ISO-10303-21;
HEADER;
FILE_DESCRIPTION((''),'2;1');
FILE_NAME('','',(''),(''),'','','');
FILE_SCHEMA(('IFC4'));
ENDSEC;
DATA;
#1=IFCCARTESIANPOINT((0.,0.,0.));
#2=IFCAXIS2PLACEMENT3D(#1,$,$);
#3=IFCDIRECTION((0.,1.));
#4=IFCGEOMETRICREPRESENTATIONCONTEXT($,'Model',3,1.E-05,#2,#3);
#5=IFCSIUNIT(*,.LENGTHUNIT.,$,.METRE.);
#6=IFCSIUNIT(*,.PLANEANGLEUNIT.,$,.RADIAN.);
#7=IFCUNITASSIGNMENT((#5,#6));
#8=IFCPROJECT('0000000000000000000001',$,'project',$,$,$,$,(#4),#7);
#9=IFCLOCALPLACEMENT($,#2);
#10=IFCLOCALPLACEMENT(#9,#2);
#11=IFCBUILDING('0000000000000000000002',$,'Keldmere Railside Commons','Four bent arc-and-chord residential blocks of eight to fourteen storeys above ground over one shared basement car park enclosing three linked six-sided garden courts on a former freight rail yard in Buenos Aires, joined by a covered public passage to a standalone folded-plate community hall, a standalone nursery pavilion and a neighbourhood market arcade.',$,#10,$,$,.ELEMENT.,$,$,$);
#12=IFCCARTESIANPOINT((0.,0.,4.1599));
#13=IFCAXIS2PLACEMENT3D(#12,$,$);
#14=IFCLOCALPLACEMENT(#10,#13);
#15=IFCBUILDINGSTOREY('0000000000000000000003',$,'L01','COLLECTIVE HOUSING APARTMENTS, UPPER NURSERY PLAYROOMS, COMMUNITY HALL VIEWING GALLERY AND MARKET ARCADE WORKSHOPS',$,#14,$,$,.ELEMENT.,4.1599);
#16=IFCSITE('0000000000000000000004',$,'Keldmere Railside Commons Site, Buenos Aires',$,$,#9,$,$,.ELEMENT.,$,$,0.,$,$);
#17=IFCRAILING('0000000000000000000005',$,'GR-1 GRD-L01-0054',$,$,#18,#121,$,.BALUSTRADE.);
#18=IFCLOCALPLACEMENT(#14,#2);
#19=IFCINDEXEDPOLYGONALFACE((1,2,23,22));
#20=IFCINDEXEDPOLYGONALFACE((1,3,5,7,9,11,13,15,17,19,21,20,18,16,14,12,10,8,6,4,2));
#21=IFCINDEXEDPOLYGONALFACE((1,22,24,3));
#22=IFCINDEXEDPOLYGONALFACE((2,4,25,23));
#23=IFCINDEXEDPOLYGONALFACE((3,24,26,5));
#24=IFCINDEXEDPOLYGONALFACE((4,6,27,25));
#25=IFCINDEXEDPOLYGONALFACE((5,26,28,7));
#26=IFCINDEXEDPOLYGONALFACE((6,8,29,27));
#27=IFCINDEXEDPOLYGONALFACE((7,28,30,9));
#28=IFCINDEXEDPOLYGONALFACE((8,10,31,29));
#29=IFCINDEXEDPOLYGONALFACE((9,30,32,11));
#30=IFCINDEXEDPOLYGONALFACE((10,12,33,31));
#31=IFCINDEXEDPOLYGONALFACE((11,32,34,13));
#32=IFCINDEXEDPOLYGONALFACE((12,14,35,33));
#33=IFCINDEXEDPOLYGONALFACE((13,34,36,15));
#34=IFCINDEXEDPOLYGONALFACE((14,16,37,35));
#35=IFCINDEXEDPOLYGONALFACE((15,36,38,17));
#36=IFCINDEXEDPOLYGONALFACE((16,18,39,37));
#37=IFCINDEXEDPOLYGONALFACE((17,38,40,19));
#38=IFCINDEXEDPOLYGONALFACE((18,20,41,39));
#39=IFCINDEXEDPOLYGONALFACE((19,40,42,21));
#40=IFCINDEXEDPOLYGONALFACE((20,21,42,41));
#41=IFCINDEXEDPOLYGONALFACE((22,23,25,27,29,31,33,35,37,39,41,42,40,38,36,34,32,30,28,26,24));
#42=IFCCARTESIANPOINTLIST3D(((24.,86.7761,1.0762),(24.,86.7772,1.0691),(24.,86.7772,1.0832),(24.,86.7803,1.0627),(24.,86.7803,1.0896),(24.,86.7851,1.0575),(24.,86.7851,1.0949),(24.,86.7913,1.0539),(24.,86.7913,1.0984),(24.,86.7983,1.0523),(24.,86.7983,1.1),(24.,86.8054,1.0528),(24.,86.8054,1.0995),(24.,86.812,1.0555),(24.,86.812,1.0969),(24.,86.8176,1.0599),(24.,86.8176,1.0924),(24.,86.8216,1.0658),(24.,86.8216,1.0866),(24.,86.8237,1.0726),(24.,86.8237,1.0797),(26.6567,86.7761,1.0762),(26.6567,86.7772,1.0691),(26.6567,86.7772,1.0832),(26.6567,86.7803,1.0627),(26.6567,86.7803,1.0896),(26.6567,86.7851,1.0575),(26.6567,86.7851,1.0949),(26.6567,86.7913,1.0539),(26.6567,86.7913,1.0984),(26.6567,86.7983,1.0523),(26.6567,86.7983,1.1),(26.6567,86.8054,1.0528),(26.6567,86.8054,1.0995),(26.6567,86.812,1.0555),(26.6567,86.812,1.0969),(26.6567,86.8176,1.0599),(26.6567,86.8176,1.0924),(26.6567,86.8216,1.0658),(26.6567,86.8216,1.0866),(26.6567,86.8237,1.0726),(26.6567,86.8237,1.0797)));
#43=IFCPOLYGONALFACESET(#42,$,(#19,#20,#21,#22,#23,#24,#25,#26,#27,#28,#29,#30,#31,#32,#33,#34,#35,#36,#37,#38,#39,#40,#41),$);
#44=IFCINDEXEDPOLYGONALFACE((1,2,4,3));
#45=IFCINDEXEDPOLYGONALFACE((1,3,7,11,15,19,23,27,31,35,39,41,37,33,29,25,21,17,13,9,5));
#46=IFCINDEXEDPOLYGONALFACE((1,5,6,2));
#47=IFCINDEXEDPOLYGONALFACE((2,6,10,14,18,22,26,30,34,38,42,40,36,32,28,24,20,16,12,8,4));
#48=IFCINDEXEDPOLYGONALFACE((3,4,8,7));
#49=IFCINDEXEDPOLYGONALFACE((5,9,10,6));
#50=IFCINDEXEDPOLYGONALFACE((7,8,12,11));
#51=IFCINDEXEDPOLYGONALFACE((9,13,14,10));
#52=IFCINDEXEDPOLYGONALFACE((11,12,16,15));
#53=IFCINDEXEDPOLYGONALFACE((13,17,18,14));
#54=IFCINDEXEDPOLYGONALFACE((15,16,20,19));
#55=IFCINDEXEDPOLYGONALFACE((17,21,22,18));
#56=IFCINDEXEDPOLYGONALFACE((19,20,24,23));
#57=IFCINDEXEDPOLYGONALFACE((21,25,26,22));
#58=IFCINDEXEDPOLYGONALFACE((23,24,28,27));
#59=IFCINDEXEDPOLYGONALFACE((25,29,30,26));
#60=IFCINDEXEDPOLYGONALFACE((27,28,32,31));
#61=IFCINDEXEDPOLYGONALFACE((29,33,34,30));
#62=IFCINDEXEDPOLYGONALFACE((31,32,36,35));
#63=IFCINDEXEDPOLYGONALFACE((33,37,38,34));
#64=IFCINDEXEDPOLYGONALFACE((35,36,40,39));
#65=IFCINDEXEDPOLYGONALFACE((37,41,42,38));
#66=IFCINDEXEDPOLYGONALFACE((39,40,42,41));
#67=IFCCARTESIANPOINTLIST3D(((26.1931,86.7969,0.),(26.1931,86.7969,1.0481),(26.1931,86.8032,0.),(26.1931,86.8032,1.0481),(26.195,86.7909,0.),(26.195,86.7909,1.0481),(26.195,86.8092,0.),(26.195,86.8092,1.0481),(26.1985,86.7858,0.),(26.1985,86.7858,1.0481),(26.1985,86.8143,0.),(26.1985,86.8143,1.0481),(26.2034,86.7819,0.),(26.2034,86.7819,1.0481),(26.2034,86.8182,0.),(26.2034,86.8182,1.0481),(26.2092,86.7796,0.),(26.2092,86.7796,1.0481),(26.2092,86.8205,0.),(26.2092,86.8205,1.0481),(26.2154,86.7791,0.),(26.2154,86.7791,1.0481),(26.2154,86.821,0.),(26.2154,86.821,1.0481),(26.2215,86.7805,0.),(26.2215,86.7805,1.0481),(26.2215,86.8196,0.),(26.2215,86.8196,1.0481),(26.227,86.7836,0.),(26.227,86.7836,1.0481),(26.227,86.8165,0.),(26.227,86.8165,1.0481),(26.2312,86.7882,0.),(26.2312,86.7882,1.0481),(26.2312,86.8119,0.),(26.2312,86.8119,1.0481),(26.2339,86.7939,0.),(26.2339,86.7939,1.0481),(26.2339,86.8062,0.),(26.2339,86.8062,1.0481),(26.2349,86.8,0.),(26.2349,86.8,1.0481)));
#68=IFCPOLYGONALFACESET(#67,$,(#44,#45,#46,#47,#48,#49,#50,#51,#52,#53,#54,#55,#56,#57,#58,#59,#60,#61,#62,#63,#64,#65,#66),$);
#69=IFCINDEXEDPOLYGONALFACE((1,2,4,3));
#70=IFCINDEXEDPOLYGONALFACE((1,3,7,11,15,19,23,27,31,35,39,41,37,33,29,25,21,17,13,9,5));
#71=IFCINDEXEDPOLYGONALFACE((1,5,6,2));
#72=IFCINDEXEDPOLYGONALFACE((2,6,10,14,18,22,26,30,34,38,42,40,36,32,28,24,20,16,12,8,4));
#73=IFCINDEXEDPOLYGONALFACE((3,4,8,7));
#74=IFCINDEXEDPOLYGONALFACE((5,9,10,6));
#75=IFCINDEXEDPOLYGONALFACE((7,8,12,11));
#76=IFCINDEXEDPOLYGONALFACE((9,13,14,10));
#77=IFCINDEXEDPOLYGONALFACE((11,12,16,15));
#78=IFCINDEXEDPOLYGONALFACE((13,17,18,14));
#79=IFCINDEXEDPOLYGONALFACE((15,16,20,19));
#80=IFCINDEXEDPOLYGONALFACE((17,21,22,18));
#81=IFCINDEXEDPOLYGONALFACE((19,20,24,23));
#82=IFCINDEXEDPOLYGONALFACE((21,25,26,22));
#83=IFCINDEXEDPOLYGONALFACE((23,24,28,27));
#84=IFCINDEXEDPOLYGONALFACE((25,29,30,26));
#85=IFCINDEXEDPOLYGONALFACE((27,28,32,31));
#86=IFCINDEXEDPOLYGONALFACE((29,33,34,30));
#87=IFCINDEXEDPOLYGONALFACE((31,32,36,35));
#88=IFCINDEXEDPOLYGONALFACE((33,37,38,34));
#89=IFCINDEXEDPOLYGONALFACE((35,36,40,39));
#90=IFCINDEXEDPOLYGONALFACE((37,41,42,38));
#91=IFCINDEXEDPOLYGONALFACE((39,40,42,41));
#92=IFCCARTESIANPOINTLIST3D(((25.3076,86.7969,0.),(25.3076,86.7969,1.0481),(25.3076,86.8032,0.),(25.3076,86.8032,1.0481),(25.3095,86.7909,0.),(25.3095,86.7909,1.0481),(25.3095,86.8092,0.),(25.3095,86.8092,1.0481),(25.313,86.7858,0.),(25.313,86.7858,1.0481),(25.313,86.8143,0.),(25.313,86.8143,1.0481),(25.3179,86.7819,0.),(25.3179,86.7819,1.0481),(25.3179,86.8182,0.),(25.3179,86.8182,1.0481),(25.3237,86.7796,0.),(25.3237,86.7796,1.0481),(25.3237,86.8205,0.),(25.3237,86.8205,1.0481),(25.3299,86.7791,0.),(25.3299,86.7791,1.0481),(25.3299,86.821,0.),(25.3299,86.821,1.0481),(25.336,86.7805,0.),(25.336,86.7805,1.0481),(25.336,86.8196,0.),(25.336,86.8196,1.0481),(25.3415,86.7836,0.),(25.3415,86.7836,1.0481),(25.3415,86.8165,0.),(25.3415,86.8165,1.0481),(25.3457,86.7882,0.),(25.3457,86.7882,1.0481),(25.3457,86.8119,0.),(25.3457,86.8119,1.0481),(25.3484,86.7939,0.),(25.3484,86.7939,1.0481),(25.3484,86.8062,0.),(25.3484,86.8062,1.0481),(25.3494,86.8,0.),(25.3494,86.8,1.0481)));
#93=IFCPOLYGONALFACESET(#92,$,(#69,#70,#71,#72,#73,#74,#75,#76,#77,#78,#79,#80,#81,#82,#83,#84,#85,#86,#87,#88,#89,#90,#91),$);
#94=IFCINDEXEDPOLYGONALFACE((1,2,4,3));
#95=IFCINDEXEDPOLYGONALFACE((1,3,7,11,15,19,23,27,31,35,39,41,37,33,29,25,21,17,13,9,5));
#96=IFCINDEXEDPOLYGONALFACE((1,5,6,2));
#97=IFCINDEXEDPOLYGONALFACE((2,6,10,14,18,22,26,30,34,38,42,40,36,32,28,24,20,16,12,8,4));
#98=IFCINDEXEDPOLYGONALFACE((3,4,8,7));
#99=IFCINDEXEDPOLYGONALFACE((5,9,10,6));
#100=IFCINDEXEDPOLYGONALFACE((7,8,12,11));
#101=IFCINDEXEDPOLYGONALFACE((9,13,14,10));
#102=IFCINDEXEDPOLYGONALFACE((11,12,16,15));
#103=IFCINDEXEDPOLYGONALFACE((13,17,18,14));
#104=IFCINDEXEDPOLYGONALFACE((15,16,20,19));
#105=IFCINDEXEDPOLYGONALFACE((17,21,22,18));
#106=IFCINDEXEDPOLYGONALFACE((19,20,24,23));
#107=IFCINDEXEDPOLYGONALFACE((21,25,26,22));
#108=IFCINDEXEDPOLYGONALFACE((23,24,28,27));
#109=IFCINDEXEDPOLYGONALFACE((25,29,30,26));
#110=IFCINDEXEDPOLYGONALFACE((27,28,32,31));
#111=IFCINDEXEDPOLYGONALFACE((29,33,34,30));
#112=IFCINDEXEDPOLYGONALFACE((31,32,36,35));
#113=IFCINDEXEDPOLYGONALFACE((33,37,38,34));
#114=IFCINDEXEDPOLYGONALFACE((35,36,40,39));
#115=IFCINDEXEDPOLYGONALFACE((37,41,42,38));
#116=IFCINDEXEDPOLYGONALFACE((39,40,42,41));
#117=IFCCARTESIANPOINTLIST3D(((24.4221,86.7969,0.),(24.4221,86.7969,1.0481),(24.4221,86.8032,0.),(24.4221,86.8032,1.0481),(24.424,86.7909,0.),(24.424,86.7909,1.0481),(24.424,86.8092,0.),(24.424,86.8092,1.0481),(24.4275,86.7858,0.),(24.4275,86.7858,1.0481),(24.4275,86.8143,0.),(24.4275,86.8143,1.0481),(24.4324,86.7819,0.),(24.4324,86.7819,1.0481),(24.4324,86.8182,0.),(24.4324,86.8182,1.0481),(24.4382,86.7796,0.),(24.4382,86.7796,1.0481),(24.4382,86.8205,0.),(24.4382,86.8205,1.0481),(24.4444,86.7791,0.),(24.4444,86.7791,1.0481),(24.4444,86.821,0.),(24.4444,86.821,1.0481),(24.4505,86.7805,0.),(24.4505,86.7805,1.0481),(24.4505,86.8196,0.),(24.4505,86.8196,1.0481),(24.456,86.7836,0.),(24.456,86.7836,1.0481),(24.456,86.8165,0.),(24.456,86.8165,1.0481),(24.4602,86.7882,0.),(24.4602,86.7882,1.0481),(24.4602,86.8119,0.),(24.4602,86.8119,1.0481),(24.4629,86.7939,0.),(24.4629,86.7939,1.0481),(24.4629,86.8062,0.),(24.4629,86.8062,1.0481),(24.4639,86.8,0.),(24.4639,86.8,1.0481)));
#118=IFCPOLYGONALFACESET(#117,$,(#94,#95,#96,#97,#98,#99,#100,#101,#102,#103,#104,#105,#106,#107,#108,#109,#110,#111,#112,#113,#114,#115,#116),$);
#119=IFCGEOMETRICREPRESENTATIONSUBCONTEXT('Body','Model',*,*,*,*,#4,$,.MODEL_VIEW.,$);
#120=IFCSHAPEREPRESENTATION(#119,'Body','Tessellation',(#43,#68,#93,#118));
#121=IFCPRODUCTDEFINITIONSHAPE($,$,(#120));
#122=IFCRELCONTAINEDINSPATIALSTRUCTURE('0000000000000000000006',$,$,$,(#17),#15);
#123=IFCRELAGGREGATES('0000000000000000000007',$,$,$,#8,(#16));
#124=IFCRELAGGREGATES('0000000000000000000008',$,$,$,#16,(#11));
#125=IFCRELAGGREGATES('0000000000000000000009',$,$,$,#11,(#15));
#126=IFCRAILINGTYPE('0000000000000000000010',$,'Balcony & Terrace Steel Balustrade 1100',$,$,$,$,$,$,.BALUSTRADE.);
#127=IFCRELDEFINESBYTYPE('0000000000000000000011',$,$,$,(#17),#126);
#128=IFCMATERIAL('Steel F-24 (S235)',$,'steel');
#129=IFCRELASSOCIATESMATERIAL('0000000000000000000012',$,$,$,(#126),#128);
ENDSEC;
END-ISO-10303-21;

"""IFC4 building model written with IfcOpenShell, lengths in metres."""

from ifc_helpers import new_model, si_unit, direction, frame, origin, origin_2d, place, context, subcontext, project, spatial, circle, extrude, material, type_object, element, save


model = new_model("IFC4")

# Units and contexts
model_context = context("Model", 3, precision=1e-05, world=origin(), true_north=direction((0.0, 1.0)))
body_context = subcontext(model_context, "Body", "Model", "MODEL_VIEW")
ifc_project = project(units=[si_unit("LENGTHUNIT", "METRE"), si_unit("PLANEANGLEUNIT", "RADIAN")], contexts=[model_context])

# Site, building, storey
site_placement = place(None, origin())
site = spatial("IfcSite", under=ifc_project, at=site_placement, Name="Keldmere Railside Commons Site, Buenos Aires", CompositionType="ELEMENT", RefElevation=0.0)
building_placement = place(site_placement, origin())
building = spatial("IfcBuilding", under=site, at=building_placement, Name="Keldmere Railside Commons", Description="Four bent arc-and-chord residential blocks of eight to fourteen storeys above ground over one shared basement car park enclosing three linked six-sided garden courts on a former freight rail yard in Buenos Aires, joined by a covered public passage to a standalone folded-plate community hall, a standalone nursery pavilion and a neighbourhood market arcade.", CompositionType="ELEMENT")
storey_placement = place(building_placement, frame((0.0, 0.0, 4.1599)))
storey = spatial("IfcBuildingStorey", under=building, at=storey_placement, Name="L01", Description="COLLECTIVE HOUSING APARTMENTS, UPPER NURSERY PLAYROOMS, COMMUNITY HALL VIEWING GALLERY AND MARKET ARCADE WORKSHOPS", CompositionType="ELEMENT", Elevation=4.1599)

# Railing
ifc_material_1 = material(Name="Steel F-24 (S235)", Category="steel")
railing_type = type_object("IfcRailingType", Name="Balcony & Terrace Steel Balustrade 1100", PredefinedType="BALUSTRADE", material=ifc_material_1)
railing_1_placement = place(storey_placement, frame((26.6567, 86.8, 0.0)))
element("IfcRailing", 1, at=railing_1_placement, inside=storey, type_object=railing_type, Name="GR-1 GRD-L01-0054", PredefinedType="BALUSTRADE", context=body_context, shape_type="SweptSolid", body=[
    extrude(circle(Radius=0.0239, at=origin_2d()), frame((0.0, 0.0, 1.0762), z_axis=(-1.0, 0.0, 0.0), x_axis=(0.0, -1.0, 0.0)), (0.0, 0.0, 1.0), 2.6567),
    extrude(circle(Radius=0.021, at=origin_2d()), frame((-0.4429, 0.0, 0.0)), (0.0, 0.0, 1.0), 1.0481),
    extrude(circle(Radius=0.021, at=origin_2d()), frame((-1.3284, 0.0, 0.0)), (0.0, 0.0, 1.0), 1.0481),
    extrude(circle(Radius=0.021, at=origin_2d()), frame((-2.2139, 0.0, 0.0)), (0.0, 0.0, 1.0), 1.0481),
])

save(model, "model.ifc")
